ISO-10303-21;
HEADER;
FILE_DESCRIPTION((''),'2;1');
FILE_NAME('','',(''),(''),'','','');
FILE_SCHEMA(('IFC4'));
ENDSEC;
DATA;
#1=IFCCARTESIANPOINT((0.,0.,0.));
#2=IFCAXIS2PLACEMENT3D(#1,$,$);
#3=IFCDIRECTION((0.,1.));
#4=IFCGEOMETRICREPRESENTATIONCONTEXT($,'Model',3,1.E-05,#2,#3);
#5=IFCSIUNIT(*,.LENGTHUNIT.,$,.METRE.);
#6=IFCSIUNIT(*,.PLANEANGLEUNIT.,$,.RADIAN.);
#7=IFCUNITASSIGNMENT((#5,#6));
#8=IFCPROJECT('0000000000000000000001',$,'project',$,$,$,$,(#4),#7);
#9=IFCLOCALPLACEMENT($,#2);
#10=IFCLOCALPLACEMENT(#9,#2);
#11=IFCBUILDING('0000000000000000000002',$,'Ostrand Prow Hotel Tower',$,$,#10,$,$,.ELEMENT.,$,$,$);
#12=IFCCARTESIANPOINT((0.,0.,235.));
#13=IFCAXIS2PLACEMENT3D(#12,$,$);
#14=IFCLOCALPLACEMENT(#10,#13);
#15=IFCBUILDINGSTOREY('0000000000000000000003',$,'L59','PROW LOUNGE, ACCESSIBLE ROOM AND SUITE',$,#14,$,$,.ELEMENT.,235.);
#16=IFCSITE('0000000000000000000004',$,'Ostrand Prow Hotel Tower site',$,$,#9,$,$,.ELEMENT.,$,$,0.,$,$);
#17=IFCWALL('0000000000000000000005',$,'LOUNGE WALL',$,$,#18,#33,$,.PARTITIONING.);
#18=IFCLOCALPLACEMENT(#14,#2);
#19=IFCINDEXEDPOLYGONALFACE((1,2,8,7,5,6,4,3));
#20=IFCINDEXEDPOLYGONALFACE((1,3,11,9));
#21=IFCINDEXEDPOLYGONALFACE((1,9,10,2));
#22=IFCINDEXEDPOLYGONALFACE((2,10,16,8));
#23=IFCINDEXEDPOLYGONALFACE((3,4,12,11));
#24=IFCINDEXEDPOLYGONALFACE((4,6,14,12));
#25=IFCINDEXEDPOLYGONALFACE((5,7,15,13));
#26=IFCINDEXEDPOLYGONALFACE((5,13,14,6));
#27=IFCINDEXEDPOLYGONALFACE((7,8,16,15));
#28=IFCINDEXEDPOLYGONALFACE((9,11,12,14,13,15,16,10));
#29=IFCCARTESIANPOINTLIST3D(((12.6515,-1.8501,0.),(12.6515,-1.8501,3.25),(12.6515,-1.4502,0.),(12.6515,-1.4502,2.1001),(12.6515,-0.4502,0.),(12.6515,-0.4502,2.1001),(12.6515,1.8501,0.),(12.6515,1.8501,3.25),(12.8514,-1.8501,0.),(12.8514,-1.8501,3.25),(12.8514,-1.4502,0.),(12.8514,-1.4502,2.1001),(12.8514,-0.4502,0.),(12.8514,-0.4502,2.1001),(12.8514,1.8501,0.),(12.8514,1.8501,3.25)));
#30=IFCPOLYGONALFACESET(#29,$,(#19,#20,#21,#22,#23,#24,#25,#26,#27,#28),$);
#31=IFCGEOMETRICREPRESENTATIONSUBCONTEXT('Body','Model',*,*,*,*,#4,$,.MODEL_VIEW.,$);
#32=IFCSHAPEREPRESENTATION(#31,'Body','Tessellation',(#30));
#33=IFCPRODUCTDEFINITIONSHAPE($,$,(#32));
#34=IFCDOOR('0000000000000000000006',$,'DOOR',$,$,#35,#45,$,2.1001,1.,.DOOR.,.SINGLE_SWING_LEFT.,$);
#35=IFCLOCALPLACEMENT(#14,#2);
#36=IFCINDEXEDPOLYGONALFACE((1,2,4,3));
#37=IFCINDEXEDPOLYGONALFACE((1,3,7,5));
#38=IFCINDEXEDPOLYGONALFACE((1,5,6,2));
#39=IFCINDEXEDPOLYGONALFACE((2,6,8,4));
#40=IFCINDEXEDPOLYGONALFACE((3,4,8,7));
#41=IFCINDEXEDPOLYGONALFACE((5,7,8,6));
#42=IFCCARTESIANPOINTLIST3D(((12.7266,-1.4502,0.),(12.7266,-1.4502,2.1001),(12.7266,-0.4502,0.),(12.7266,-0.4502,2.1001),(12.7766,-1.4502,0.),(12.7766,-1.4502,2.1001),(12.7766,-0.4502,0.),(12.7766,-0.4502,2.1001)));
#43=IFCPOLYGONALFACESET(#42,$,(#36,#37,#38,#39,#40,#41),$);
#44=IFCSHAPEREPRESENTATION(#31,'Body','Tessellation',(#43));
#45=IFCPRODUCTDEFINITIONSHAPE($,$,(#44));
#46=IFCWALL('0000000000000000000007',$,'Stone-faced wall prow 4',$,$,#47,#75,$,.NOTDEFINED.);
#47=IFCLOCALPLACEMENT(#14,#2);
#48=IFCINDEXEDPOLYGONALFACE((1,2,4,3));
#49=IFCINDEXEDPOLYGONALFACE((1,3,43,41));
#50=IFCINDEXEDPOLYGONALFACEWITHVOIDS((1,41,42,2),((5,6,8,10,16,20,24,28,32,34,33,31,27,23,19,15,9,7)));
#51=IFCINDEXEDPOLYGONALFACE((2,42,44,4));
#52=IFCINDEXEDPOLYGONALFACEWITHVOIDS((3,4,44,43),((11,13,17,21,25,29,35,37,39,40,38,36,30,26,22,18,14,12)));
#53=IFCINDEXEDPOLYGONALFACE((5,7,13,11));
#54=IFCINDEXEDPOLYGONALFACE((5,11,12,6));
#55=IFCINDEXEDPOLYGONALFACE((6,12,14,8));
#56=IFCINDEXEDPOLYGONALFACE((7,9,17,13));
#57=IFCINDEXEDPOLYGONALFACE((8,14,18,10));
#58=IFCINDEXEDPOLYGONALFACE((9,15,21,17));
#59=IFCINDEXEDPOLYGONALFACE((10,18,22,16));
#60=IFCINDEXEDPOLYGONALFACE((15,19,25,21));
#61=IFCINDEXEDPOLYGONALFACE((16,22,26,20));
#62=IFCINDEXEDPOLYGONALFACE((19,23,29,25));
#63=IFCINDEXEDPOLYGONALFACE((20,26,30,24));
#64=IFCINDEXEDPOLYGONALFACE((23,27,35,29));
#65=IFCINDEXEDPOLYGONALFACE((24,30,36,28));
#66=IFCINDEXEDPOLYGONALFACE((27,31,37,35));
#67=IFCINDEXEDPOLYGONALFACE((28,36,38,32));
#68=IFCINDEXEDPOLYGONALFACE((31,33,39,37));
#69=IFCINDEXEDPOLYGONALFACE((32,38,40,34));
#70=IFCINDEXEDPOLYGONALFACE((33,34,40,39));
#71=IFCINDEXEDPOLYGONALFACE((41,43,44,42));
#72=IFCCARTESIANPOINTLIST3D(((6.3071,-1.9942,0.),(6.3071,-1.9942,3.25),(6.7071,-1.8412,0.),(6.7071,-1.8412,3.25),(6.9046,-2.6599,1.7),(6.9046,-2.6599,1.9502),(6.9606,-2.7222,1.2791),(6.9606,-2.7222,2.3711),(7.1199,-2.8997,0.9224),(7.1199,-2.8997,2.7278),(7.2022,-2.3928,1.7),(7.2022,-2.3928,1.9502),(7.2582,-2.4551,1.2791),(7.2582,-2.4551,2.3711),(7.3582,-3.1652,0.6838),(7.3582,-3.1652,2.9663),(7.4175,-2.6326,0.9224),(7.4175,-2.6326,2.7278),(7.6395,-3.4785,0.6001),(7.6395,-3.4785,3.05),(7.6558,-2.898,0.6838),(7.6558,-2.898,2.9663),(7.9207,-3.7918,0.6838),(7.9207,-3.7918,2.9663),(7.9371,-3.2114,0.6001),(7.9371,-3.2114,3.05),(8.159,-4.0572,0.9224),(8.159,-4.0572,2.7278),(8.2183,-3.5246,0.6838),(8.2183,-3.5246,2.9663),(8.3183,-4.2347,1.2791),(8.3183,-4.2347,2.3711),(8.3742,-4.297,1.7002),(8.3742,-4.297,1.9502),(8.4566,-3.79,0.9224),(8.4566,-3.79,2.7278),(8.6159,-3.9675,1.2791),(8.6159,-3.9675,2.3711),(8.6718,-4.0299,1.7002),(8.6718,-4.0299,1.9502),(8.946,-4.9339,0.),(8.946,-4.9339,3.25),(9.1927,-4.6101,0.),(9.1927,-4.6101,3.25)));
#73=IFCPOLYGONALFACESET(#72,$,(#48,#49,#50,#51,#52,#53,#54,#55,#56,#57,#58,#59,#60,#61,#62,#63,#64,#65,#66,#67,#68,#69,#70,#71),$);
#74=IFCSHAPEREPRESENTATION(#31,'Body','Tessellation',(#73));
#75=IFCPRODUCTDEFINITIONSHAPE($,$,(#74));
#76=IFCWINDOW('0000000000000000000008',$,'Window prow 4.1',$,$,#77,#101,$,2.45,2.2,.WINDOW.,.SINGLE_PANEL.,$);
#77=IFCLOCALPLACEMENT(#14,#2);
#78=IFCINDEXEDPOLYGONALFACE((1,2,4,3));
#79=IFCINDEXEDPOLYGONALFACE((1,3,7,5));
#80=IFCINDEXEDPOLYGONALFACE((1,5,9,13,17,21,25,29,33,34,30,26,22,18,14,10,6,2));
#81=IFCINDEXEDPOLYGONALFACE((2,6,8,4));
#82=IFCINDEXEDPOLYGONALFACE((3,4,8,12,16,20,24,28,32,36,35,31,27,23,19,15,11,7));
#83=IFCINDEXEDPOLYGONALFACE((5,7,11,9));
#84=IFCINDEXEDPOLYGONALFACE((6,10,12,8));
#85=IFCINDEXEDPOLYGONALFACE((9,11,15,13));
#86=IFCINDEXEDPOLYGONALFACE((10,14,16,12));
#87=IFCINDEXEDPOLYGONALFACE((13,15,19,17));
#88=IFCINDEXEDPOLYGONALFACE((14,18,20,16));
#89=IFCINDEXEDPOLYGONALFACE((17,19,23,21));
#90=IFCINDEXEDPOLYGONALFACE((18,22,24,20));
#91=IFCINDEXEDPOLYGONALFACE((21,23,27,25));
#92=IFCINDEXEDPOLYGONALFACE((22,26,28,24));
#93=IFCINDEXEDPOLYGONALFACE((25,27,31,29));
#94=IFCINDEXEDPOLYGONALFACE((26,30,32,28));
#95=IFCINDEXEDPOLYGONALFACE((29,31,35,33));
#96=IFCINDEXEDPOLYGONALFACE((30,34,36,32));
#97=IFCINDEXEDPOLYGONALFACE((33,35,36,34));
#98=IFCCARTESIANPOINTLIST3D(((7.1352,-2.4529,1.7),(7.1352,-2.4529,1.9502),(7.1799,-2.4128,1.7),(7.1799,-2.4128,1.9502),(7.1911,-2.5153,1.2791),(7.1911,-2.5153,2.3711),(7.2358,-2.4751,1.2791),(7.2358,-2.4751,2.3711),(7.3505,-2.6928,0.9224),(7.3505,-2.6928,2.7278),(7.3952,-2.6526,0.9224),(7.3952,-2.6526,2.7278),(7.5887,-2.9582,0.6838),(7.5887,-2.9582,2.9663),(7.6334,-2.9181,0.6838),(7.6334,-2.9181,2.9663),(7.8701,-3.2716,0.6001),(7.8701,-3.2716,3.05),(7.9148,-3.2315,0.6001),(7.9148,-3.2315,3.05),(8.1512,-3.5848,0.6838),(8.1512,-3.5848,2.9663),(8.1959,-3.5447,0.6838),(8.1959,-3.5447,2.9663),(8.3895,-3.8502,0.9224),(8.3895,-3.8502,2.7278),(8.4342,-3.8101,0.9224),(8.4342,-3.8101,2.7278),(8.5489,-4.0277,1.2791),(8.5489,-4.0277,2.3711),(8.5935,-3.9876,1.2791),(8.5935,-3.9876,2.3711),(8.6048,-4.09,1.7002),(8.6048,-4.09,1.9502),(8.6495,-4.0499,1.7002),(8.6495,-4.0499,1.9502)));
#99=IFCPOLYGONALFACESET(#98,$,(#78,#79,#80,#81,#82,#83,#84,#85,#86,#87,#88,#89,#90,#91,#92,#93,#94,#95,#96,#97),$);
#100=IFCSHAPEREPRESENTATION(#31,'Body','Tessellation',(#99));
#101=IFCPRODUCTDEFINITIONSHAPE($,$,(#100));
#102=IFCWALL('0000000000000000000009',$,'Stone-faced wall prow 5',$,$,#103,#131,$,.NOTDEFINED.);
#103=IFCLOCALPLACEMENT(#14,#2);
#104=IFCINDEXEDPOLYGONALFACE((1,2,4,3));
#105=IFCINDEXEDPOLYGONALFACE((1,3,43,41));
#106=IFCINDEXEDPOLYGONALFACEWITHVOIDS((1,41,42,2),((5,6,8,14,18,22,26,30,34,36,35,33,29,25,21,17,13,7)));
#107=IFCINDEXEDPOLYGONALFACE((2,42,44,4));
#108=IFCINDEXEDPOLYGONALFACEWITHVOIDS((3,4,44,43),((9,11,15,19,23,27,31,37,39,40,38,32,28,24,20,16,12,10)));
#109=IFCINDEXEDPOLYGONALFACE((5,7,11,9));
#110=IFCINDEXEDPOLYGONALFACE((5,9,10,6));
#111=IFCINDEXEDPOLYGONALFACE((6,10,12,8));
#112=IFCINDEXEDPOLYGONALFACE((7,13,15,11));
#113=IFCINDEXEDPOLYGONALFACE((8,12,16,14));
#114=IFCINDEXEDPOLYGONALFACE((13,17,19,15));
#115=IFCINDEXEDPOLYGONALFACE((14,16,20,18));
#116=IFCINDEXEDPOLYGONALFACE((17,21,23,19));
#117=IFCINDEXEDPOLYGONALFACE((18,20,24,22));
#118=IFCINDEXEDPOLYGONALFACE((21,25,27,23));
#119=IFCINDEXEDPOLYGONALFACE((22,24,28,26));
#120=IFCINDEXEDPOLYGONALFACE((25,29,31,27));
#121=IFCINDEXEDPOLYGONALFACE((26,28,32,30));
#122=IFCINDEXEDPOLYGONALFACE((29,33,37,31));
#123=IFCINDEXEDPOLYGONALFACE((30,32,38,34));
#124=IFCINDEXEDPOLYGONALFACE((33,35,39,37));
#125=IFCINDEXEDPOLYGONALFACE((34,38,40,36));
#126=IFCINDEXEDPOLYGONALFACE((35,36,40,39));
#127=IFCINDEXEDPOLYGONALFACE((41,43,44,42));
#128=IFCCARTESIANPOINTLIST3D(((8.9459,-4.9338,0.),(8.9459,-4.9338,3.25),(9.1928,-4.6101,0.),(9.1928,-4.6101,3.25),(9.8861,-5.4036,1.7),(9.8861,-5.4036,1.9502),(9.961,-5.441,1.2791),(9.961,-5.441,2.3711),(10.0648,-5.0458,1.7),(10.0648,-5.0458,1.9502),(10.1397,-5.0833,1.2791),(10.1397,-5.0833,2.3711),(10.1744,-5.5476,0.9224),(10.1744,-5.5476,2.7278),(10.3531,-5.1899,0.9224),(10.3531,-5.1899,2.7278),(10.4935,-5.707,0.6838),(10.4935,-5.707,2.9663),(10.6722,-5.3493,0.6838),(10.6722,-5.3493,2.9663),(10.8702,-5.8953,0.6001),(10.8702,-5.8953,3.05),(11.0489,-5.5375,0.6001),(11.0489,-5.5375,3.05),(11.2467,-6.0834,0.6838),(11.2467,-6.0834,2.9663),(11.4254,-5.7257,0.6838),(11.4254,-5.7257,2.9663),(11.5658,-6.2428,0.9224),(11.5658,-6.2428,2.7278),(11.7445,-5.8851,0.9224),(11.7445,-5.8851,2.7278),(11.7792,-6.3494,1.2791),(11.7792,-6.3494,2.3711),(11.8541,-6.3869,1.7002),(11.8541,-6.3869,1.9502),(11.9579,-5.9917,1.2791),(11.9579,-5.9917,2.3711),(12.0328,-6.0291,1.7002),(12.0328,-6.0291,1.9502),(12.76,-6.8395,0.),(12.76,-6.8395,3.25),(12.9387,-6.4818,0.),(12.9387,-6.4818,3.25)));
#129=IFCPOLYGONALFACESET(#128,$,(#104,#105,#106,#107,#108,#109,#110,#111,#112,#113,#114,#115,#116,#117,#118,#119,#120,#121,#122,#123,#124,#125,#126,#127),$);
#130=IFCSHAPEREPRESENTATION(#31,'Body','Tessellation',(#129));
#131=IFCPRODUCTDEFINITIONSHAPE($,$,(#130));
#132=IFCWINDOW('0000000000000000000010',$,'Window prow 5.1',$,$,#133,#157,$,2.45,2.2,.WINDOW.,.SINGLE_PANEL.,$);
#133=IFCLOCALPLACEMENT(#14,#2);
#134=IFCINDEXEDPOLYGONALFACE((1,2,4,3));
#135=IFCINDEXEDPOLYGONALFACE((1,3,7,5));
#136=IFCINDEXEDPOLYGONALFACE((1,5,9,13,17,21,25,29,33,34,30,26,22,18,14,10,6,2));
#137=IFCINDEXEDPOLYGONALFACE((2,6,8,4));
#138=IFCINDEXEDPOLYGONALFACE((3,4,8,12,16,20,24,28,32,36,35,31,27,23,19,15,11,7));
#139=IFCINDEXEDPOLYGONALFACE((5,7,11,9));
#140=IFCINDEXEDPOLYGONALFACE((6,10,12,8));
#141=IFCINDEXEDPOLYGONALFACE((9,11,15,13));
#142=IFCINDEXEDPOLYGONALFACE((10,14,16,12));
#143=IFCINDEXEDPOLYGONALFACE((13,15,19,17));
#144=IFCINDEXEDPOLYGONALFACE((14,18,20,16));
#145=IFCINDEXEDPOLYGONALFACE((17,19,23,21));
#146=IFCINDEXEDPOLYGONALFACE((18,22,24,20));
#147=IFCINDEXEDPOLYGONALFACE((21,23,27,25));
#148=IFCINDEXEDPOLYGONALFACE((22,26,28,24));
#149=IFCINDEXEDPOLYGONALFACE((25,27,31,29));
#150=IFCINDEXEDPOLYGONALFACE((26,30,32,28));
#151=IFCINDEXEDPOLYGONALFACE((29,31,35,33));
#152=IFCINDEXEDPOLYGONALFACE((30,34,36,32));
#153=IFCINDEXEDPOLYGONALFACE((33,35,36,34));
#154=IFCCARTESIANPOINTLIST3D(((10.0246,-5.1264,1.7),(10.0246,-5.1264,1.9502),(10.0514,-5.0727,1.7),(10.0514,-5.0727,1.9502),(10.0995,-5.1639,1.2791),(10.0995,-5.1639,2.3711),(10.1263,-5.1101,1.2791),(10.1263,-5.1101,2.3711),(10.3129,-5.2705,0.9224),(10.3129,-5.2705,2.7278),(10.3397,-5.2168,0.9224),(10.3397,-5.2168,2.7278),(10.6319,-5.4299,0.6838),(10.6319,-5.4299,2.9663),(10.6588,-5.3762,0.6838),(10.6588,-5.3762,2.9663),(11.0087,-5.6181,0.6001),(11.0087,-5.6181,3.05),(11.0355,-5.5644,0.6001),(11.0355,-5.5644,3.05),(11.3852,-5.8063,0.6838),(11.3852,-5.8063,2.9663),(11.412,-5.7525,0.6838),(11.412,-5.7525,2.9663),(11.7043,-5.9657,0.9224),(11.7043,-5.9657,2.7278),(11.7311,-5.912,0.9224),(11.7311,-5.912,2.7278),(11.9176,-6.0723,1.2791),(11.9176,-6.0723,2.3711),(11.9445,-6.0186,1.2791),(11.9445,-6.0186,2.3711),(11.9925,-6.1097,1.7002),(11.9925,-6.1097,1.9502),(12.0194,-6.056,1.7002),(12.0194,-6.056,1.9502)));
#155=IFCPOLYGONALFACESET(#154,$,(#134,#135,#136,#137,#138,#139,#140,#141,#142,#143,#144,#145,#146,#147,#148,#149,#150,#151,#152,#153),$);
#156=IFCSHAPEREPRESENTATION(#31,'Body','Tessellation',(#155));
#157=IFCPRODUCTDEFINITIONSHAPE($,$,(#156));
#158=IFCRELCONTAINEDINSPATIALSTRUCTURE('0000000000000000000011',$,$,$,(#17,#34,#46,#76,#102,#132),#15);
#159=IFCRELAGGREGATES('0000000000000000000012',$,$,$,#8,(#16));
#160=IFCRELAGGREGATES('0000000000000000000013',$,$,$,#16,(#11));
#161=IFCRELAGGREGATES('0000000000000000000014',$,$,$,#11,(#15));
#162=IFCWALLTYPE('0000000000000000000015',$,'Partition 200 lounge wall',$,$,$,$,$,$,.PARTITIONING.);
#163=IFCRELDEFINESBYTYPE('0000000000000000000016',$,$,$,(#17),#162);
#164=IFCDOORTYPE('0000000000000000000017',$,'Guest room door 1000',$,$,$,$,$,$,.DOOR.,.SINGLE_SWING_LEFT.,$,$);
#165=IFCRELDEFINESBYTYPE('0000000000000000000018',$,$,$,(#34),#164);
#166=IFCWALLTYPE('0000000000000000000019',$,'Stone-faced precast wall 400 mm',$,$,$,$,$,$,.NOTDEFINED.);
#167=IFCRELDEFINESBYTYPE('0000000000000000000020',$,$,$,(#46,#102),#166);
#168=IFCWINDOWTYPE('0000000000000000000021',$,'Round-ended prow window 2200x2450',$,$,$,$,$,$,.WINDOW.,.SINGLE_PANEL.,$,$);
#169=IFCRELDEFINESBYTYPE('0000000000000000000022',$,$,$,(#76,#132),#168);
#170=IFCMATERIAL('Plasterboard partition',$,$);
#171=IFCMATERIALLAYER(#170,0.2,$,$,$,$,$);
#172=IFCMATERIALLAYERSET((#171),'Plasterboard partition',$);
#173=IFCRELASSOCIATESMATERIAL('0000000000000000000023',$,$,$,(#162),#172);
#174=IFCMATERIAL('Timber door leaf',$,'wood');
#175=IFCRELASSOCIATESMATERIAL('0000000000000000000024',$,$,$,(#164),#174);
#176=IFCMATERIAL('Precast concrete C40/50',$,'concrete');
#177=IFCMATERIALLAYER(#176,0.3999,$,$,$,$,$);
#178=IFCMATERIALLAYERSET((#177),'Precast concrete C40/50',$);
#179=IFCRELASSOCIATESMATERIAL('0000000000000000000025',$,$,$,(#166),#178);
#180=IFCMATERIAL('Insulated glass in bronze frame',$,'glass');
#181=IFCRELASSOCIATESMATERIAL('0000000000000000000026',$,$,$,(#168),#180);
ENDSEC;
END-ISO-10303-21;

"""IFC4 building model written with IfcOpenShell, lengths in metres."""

from ifc_helpers import new_model, si_unit, direction, frame, frame_2d, origin, place, context, subcontext, project, spatial, polyline, rectangle, outline, extrude, material, layer, layer_set, type_object, element, fill, save


model = new_model("IFC4")

# Units and contexts
model_context = context("Model", 3, precision=1e-05, world=origin(), true_north=direction((0.0, 1.0)))
body_context = subcontext(model_context, "Body", "Model", "MODEL_VIEW")
ifc_project = project(units=[si_unit("LENGTHUNIT", "METRE"), si_unit("PLANEANGLEUNIT", "RADIAN")], contexts=[model_context])

# Site, building, storey
site_placement = place(None, origin())
site = spatial("IfcSite", under=ifc_project, at=site_placement, Name="Ostrand Prow Hotel Tower site", CompositionType="ELEMENT", RefElevation=0.0)
building_placement = place(site_placement, origin())
building = spatial("IfcBuilding", under=site, at=building_placement, Name="Ostrand Prow Hotel Tower", CompositionType="ELEMENT")
storey_placement = place(building_placement, frame((0.0, 0.0, 235.0)))
storey = spatial("IfcBuildingStorey", under=building, at=storey_placement, Name="L59", Description="PROW LOUNGE, ACCESSIBLE ROOM AND SUITE", CompositionType="ELEMENT", Elevation=235.0)

# Wall, opening, door
ifc_material_1 = material(Name="Plasterboard partition")
ifc_layer_1 = layer(ifc_material_1, 0.2)
ifc_layer_set_1 = layer_set([ifc_layer_1], Name="Plasterboard partition")
wall_type_1 = type_object("IfcWallType", Name="Partition 200 lounge wall", PredefinedType="PARTITIONING", material=ifc_layer_set_1)
wall_1_placement = place(storey_placement, frame((12.7515, -1.8501, 0.0), z_axis=(0.0, 0.0, 1.0), x_axis=(0.0, 1.0, 0.0)))
wall_1 = element("IfcWall", 1, at=wall_1_placement, inside=storey, type_object=wall_type_1, Name="LOUNGE WALL", PredefinedType="PARTITIONING", context=body_context, shape_type="SweptSolid", body=[
    extrude(rectangle(XDim=3.7002, YDim=0.2, at=frame_2d((1.8501, 0.0))), origin(), (0.0, 0.0, 1.0), 3.25),
])
opening_1_placement = place(wall_1_placement, frame((0.3999, 0.0, 0.0)))
opening_1 = element("IfcOpeningElement", 2, at=opening_1_placement, cuts=wall_1, PredefinedType="OPENING", context=body_context, shape_type="SweptSolid", body=[
    extrude(rectangle(XDim=1.0, YDim=2.1001, at=frame_2d((0.5, 1.05))), frame((0.0, 0.1099, 0.0), z_axis=(0.0, -1.0, 0.0), x_axis=(1.0, 0.0, 0.0)), (0.0, 0.0, 1.0), 0.22),
])
ifc_material_2 = material(Name="Timber door leaf", Category="wood")
door_type_1 = type_object("IfcDoorType", Name="Guest room door 1000", OperationType="SINGLE_SWING_LEFT", PredefinedType="DOOR", material=ifc_material_2)
door_1_placement = place(opening_1_placement, origin())
door_1 = element("IfcDoor", 3, at=door_1_placement, inside=storey, type_object=door_type_1, Name="DOOR", OperationType="SINGLE_SWING_LEFT", OverallHeight=2.1001, OverallWidth=1.0, PredefinedType="DOOR", context=body_context, shape_type="SweptSolid", body=[
    extrude(rectangle(XDim=1.0, YDim=2.1001, at=frame_2d((0.5, 1.05))), frame((0.0, 0.0249, 0.0), z_axis=(0.0, -1.0, 0.0), x_axis=(1.0, 0.0, 0.0)), (0.0, 0.0, 1.0), 0.05),
])
fill(opening_1, door_1)

# Walls, openings, windows
ifc_material_3 = material(Name="Precast concrete C40/50", Category="concrete")
ifc_layer_2 = layer(ifc_material_3, 0.3999)
ifc_layer_set_2 = layer_set([ifc_layer_2], Name="Precast concrete C40/50")
wall_type_2 = type_object("IfcWallType", Name="Stone-faced precast wall 400 mm", PredefinedType="NOTDEFINED", material=ifc_layer_set_2)
wall_2_placement = place(storey_placement, frame((6.5071, -1.9177, 0.0), z_axis=(0.0, 0.0, 1.0), x_axis=(0.668018, -0.744145, 0.0)))
wall_2 = element("IfcWall", 4, at=wall_2_placement, inside=storey, type_object=wall_type_2, Name="Stone-faced wall prow 4", PredefinedType="NOTDEFINED", context=body_context, shape_type="SweptSolid", body=[
    extrude(outline(polyline([(-0.0767, -0.2), (3.8738, -0.2), (3.7976, 0.2), (0.0767, 0.2), (-0.0767, -0.2)])), origin(), (0.0, 0.0, 1.0), 3.25),
])
opening_2_placement = place(wall_2_placement, frame((0.8179, 0.0, 0.6001)))
opening_2 = element("IfcOpeningElement", 5, at=opening_2_placement, cuts=wall_2, PredefinedType="OPENING", context=body_context, shape_type="SweptSolid", body=[
    extrude(outline(polyline([(0.0, 1.3501), (0.0837, 1.771), (0.3223, 2.1277), (0.679, 2.3662), (1.1001, 2.45), (1.521, 2.3662), (1.8777, 2.1277), (2.1162, 1.771), (2.2, 1.3501), (2.2, 1.1001), (2.1162, 0.679), (1.8777, 0.3223), (1.521, 0.0837), (1.1001, 0.0), (0.679, 0.0837), (0.3223, 0.3223), (0.0837, 0.679), (0.0, 1.0999), (0.0, 1.3501)])), frame((0.0, 0.21, 0.0), z_axis=(0.0, -1.0, 0.0), x_axis=(1.0, 0.0, 0.0)), (0.0, 0.0, 1.0), 0.4199),
])
ifc_material_4 = material(Name="Insulated glass in bronze frame", Category="glass")
window_type = type_object("IfcWindowType", Name="Round-ended prow window 2200x2450", PartitioningType="SINGLE_PANEL", PredefinedType="WINDOW", material=ifc_material_4)
window_1_placement = place(opening_2_placement, origin())
window_1 = element("IfcWindow", 6, at=window_1_placement, inside=storey, type_object=window_type, Name="Window prow 4.1", OverallHeight=2.45, OverallWidth=2.2, PartitioningType="SINGLE_PANEL", PredefinedType="WINDOW", context=body_context, shape_type="SweptSolid", body=[
    extrude(outline(polyline([(0.0, 1.3501), (0.0837, 1.771), (0.3223, 2.1277), (0.679, 2.3662), (1.1001, 2.45), (1.521, 2.3662), (1.8777, 2.1277), (2.1162, 1.771), (2.2, 1.3501), (2.2, 1.1001), (2.1162, 0.679), (1.8777, 0.3223), (1.521, 0.0837), (1.1001, 0.0), (0.679, 0.0837), (0.3223, 0.3223), (0.0837, 0.679), (0.0, 1.0999), (0.0, 1.3501)])), frame((0.0, 0.1699, 0.0), z_axis=(0.0, -1.0, 0.0), x_axis=(1.0, 0.0, 0.0)), (0.0, 0.0, 1.0), 0.0601),
])
fill(opening_2, window_1)
wall_3_placement = place(storey_placement, frame((9.0693, -4.772, 0.0), z_axis=(0.0, 0.0, 1.0), x_axis=(0.894554, -0.446959, 0.0)))
wall_3 = element("IfcWall", 7, at=wall_3_placement, inside=storey, type_object=wall_type_2, Name="Stone-faced wall prow 5", PredefinedType="NOTDEFINED", context=body_context, shape_type="SweptSolid", body=[
    extrude(outline(polyline([(-0.0381, -0.2), (4.2256, -0.2), (4.2256, 0.2), (0.0381, 0.2), (-0.0381, -0.2)])), origin(), (0.0, 0.0, 1.0), 3.25),
])
opening_3_placement = place(wall_3_placement, frame((1.0129, 0.0, 0.6001)))
opening_3 = element("IfcOpeningElement", 8, at=opening_3_placement, cuts=wall_3, PredefinedType="OPENING", context=body_context, shape_type="SweptSolid", body=[
    extrude(outline(polyline([(0.0, 1.3501), (0.0837, 1.771), (0.3223, 2.1277), (0.679, 2.3662), (1.1001, 2.45), (1.521, 2.3662), (1.8777, 2.1277), (2.1162, 1.771), (2.2, 1.3501), (2.2, 1.1001), (2.1162, 0.679), (1.8777, 0.3223), (1.521, 0.0837), (1.1001, 0.0), (0.679, 0.0837), (0.3223, 0.3223), (0.0837, 0.679), (0.0, 1.0999), (0.0, 1.3501)])), frame((0.0, 0.21, 0.0), z_axis=(0.0, -1.0, 0.0), x_axis=(1.0, 0.0, 0.0)), (0.0, 0.0, 1.0), 0.4199),
])
window_2_placement = place(opening_3_placement, origin())
window_2 = element("IfcWindow", 9, at=window_2_placement, inside=storey, type_object=window_type, Name="Window prow 5.1", OverallHeight=2.45, OverallWidth=2.2, PartitioningType="SINGLE_PANEL", PredefinedType="WINDOW", context=body_context, shape_type="SweptSolid", body=[
    extrude(outline(polyline([(0.0, 1.3501), (0.0837, 1.771), (0.3223, 2.1277), (0.679, 2.3662), (1.1001, 2.45), (1.521, 2.3662), (1.8777, 2.1277), (2.1162, 1.771), (2.2, 1.3501), (2.2, 1.1001), (2.1162, 0.679), (1.8777, 0.3223), (1.521, 0.0837), (1.1001, 0.0), (0.679, 0.0837), (0.3223, 0.3223), (0.0837, 0.679), (0.0, 1.0999), (0.0, 1.3501)])), frame((0.0, 0.1699, 0.0), z_axis=(0.0, -1.0, 0.0), x_axis=(1.0, 0.0, 0.0)), (0.0, 0.0, 1.0), 0.0601),
])
fill(opening_3, window_2)

save(model, "model.ifc")
